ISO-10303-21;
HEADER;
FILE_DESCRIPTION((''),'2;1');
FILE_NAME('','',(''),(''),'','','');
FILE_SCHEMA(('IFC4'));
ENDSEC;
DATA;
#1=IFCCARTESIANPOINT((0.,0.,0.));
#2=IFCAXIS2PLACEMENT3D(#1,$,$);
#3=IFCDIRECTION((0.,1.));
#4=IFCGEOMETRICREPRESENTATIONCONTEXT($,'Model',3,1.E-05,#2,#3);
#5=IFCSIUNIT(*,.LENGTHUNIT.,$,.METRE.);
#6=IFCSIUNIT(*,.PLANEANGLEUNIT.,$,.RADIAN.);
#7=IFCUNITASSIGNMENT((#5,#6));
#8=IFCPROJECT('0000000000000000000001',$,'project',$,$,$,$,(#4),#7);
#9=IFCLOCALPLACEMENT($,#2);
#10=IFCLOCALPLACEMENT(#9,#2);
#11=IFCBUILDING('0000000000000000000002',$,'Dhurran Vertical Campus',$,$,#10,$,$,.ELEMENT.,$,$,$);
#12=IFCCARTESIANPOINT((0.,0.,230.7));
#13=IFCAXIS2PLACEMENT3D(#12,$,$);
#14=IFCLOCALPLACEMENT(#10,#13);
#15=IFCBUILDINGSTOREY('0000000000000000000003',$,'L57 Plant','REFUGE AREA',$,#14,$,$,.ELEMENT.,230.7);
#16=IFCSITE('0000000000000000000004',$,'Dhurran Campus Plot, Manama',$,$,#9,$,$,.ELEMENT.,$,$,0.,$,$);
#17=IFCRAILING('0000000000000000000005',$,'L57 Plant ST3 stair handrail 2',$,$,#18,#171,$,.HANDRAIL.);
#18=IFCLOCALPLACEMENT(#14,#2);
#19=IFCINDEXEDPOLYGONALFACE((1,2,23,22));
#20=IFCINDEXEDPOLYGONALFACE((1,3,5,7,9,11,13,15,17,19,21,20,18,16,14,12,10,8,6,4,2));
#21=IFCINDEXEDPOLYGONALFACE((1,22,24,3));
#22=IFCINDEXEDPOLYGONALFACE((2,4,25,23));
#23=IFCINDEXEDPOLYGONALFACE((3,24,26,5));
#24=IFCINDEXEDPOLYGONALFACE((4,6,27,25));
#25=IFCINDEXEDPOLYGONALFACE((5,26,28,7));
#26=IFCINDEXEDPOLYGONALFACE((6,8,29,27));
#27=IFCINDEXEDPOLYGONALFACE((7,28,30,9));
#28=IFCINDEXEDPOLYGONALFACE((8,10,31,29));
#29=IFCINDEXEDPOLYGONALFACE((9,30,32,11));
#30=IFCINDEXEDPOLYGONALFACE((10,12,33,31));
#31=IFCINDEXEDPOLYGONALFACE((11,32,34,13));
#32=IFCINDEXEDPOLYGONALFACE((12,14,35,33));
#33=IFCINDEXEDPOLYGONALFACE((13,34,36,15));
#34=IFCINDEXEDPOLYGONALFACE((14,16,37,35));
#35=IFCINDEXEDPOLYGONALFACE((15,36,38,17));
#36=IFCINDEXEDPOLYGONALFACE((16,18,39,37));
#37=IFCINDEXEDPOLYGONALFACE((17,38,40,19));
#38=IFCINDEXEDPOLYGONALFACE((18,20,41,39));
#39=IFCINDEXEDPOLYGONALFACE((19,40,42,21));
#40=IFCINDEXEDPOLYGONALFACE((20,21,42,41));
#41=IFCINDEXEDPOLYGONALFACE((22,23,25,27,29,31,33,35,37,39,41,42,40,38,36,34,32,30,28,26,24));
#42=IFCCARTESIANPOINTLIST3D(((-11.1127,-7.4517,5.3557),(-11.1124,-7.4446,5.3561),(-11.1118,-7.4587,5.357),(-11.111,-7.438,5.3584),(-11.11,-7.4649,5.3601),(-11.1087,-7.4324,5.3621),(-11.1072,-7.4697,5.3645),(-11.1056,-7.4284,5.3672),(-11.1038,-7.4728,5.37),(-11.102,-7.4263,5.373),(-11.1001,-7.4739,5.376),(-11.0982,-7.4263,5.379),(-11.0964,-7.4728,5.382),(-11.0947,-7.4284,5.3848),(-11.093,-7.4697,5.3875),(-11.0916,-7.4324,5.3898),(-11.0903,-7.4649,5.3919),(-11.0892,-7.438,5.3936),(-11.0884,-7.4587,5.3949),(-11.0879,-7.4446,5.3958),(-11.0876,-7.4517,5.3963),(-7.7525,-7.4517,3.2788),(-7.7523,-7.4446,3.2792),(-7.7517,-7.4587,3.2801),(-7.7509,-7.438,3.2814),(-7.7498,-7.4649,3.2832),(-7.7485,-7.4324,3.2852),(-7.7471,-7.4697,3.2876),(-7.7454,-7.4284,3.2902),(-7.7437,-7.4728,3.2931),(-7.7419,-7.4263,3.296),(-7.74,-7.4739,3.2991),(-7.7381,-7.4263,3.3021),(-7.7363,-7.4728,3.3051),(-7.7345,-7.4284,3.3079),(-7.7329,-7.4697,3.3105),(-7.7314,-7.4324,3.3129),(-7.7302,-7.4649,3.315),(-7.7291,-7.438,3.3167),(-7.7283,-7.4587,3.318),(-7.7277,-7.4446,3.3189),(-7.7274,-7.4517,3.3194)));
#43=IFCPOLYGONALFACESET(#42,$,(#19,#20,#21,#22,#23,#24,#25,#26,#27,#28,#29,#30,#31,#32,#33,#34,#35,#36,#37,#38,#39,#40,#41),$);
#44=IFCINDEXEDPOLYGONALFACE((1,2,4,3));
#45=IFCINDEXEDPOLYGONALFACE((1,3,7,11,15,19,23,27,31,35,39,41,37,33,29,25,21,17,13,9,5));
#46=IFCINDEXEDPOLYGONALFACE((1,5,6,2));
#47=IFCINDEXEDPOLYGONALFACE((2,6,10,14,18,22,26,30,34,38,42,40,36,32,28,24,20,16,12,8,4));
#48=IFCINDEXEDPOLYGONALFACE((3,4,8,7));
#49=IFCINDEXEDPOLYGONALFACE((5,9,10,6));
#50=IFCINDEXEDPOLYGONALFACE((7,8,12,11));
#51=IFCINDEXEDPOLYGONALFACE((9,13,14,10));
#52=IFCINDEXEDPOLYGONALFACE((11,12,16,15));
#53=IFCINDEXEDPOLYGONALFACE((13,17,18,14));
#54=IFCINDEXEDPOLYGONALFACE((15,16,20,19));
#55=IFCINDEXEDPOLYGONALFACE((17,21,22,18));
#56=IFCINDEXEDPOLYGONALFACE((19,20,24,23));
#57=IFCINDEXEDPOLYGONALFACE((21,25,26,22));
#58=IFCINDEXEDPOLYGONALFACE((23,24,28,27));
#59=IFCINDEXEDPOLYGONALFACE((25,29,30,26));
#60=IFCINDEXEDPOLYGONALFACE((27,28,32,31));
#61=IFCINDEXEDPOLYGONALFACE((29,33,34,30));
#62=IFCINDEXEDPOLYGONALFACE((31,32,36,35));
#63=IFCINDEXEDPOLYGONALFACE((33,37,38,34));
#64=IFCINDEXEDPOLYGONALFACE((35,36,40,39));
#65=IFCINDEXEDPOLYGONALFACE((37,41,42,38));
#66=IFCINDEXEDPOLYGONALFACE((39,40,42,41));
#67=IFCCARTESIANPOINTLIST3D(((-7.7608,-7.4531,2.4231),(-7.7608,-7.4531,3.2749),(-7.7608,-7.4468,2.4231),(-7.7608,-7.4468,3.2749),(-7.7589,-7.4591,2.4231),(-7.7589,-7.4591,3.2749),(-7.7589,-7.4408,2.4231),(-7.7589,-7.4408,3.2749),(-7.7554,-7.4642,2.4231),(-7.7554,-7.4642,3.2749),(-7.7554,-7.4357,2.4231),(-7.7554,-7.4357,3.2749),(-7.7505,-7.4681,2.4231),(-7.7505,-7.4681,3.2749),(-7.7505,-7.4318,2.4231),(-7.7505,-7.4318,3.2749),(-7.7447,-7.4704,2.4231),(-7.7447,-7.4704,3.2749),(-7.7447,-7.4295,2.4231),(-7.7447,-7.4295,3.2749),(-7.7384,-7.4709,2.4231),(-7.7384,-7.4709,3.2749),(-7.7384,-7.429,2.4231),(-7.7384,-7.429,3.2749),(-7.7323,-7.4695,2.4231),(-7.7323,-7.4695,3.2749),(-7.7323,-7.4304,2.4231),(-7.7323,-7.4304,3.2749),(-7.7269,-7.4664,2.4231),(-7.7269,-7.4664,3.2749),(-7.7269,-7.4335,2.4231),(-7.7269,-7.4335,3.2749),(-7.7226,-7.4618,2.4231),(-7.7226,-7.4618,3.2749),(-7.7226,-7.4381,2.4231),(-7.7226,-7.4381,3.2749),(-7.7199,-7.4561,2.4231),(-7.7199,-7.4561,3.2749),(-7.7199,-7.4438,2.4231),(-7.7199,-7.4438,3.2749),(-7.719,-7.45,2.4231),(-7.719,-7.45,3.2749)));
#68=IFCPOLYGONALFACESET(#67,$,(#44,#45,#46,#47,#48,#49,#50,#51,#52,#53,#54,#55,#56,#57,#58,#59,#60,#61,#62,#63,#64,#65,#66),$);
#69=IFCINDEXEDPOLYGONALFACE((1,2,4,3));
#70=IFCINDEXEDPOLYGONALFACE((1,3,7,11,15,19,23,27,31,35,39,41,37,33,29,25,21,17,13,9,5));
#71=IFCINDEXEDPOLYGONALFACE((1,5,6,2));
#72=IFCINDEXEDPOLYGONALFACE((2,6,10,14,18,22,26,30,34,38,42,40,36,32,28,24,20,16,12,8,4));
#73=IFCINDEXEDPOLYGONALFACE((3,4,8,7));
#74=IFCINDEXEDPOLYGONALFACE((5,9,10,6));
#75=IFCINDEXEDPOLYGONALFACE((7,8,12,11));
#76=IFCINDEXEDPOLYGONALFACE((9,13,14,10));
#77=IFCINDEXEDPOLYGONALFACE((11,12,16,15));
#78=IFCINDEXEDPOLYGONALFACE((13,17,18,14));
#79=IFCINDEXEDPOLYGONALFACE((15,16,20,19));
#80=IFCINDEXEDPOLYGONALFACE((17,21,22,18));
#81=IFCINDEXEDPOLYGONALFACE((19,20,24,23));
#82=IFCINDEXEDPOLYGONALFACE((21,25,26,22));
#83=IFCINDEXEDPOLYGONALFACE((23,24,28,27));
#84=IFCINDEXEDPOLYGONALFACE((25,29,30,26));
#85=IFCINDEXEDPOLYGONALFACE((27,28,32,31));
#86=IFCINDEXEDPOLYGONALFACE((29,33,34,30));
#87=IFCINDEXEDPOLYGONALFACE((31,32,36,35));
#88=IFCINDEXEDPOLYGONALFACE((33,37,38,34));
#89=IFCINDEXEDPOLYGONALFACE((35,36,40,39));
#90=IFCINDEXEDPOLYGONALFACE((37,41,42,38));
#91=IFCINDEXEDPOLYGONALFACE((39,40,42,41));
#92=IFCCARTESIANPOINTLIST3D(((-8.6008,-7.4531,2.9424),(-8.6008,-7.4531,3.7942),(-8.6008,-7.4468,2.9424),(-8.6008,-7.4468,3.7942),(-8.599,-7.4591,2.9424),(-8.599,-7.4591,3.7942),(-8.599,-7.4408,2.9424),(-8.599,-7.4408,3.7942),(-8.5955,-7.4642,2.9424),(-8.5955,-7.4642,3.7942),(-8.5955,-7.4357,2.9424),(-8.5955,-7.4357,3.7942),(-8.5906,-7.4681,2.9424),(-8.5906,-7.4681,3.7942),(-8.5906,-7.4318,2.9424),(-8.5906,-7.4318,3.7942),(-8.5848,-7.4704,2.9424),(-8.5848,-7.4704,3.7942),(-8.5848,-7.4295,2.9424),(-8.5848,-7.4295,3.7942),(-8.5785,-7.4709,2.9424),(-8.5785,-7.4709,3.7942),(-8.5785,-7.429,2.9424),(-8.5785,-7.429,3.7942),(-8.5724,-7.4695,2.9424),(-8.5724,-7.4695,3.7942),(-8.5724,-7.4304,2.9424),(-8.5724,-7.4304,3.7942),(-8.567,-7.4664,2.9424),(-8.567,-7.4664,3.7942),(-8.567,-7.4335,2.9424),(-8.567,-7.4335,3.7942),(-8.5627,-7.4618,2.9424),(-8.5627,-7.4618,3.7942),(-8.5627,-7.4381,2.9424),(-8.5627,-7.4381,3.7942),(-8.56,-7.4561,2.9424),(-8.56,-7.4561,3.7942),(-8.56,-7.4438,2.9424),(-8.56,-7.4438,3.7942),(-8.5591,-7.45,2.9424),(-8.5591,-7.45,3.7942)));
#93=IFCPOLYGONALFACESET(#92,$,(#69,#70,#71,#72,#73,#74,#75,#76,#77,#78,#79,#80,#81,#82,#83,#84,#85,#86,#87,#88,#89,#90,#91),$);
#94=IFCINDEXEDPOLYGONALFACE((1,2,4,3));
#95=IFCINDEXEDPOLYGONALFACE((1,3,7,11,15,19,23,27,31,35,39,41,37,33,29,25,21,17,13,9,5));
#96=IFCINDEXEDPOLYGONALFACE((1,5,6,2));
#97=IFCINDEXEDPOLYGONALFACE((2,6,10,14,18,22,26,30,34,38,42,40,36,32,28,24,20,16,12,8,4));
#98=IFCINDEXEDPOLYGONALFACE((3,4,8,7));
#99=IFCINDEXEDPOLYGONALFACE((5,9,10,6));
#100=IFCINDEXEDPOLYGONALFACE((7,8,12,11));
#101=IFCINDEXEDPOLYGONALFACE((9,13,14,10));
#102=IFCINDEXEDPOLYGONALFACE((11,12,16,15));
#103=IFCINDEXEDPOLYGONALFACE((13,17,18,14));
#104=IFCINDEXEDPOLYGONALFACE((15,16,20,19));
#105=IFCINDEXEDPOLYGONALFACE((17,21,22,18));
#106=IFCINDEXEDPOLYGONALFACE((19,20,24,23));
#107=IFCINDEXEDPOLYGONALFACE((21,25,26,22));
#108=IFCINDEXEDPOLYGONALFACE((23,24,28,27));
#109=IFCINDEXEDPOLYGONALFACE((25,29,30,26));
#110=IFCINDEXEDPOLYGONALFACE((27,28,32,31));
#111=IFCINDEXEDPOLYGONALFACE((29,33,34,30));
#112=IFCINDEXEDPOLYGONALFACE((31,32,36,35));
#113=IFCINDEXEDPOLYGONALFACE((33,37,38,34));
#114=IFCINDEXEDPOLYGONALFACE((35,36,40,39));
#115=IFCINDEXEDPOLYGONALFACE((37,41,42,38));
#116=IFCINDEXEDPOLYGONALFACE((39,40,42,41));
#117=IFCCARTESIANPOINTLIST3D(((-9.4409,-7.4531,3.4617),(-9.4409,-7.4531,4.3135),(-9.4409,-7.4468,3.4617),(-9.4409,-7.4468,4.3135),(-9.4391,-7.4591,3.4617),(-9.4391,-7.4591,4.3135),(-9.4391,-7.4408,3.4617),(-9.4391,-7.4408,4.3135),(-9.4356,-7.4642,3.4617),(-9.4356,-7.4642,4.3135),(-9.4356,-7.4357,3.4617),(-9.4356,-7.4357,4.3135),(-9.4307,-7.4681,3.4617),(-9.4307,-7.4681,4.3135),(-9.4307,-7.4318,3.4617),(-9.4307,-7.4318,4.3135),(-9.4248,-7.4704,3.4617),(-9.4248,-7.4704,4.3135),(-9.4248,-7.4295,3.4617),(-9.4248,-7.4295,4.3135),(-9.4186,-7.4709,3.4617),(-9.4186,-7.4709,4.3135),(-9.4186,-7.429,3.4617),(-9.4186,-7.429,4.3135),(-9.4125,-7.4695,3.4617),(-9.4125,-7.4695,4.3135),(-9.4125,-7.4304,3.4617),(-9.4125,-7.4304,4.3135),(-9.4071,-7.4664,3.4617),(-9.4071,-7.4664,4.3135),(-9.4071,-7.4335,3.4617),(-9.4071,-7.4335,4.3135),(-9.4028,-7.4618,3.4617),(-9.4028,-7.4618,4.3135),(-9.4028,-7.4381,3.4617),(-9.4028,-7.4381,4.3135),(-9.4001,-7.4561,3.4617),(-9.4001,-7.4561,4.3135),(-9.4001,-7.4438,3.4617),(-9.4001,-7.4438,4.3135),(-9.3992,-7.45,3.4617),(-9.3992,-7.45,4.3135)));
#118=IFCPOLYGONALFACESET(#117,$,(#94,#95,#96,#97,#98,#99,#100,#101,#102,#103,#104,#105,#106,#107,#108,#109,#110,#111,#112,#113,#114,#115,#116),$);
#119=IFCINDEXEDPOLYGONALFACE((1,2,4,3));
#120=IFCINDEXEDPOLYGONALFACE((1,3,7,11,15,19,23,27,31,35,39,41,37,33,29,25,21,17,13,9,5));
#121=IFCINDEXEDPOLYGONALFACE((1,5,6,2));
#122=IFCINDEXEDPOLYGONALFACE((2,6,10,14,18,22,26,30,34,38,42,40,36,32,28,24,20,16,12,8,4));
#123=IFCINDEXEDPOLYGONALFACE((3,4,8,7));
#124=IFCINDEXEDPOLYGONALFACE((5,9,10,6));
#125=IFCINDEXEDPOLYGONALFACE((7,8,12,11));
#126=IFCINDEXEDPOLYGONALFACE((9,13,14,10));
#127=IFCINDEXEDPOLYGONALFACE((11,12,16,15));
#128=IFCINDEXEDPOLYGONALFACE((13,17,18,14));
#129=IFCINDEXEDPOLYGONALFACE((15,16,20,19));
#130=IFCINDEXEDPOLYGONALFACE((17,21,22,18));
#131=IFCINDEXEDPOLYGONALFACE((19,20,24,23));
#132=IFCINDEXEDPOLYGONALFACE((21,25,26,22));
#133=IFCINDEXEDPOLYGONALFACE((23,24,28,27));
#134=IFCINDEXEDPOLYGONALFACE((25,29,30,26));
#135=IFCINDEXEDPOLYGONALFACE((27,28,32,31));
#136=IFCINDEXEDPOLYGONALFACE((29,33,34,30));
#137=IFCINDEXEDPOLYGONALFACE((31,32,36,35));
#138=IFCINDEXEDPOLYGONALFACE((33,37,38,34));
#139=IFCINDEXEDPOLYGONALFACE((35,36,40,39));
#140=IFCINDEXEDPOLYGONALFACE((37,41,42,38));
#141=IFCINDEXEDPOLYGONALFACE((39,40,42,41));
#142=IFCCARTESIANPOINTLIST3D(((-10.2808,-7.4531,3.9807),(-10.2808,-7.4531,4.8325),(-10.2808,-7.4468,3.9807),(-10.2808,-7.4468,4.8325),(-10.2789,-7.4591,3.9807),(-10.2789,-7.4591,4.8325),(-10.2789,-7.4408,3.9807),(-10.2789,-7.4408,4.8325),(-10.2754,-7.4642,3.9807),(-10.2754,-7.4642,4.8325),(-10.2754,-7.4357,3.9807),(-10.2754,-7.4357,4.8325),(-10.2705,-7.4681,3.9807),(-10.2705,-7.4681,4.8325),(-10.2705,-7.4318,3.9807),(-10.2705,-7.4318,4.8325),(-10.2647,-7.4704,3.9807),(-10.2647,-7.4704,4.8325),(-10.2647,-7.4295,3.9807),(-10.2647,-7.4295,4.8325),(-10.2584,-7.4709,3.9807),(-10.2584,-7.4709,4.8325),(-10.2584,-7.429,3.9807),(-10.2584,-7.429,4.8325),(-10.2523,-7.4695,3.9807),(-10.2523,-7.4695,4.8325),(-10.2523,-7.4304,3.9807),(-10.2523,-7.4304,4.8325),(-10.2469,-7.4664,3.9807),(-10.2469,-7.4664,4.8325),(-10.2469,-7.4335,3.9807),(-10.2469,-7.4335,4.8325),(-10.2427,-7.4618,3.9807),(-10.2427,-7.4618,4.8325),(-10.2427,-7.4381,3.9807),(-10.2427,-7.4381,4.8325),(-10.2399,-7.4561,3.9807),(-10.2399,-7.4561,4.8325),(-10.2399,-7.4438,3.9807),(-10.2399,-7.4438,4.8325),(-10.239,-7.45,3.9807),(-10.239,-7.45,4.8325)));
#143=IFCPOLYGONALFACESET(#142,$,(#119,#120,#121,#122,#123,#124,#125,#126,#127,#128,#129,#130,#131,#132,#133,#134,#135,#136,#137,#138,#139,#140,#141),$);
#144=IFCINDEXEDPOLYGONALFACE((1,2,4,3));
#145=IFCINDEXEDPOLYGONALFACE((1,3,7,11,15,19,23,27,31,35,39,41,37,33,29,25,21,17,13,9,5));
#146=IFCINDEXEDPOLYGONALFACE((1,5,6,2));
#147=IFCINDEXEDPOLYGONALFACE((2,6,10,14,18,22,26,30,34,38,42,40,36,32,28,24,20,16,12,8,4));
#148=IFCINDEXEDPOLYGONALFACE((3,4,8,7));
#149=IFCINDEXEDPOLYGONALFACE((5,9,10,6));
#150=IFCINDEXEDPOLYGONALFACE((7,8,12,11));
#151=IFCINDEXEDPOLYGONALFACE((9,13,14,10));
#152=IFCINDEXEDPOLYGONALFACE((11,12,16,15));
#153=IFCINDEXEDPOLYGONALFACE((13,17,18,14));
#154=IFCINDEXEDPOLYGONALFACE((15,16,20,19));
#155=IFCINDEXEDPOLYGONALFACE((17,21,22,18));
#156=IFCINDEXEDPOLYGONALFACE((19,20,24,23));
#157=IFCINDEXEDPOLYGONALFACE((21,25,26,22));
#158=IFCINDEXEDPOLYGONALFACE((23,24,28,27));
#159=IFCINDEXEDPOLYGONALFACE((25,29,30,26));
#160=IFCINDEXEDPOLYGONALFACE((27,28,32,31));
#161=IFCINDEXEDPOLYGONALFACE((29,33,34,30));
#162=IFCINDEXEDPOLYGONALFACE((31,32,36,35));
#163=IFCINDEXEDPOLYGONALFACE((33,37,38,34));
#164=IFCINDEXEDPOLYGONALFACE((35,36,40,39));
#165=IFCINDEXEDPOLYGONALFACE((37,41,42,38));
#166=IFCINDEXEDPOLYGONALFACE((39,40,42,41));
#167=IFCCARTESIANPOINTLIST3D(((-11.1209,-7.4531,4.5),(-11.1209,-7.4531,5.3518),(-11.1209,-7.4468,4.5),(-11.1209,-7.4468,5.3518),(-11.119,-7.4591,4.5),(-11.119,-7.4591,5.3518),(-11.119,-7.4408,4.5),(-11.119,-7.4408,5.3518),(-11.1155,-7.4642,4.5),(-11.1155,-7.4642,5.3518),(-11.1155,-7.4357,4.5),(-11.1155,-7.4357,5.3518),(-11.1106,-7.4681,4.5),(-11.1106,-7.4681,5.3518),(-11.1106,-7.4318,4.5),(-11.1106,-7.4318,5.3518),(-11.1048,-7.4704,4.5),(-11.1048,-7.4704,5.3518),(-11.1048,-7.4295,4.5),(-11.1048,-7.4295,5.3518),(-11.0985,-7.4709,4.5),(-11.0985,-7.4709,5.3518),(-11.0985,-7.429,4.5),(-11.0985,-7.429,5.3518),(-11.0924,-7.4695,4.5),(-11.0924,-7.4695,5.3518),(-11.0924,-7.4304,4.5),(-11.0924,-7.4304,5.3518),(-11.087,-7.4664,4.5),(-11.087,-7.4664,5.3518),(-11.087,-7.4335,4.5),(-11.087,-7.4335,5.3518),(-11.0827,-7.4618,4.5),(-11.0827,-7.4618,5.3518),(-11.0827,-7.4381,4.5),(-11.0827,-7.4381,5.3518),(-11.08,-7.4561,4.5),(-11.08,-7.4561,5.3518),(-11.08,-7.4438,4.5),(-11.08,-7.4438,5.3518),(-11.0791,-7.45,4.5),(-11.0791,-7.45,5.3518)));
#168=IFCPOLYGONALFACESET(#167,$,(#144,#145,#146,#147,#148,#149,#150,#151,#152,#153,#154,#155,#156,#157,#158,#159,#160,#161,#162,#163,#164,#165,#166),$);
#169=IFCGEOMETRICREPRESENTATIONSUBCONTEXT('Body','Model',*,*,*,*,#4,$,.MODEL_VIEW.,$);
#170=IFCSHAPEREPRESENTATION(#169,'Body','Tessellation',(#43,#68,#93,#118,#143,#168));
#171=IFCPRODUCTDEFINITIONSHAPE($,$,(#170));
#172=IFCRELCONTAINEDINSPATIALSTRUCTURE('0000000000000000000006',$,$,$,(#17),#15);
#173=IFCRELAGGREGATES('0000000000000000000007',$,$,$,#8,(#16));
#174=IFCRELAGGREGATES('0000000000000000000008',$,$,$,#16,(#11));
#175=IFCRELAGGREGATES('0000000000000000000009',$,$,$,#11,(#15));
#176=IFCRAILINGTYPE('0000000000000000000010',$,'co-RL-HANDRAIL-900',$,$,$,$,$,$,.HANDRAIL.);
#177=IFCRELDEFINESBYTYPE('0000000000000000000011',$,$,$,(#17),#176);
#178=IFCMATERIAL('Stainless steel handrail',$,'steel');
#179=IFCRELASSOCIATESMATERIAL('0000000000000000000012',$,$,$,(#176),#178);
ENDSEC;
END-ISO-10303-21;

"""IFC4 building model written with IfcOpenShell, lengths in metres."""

from ifc_helpers import new_model, si_unit, direction, frame, origin, origin_2d, place, context, subcontext, project, spatial, circle, extrude, material, type_object, element, save


model = new_model("IFC4")

# Units and contexts
model_context = context("Model", 3, precision=1e-05, world=origin(), true_north=direction((0.0, 1.0)))
body_context = subcontext(model_context, "Body", "Model", "MODEL_VIEW")
ifc_project = project(units=[si_unit("LENGTHUNIT", "METRE"), si_unit("PLANEANGLEUNIT", "RADIAN")], contexts=[model_context])

# Site, building, storey
site_placement = place(None, origin())
site = spatial("IfcSite", under=ifc_project, at=site_placement, Name="Dhurran Campus Plot, Manama", CompositionType="ELEMENT", RefElevation=0.0)
building_placement = place(site_placement, origin())
building = spatial("IfcBuilding", under=site, at=building_placement, Name="Dhurran Vertical Campus", CompositionType="ELEMENT")
storey_placement = place(building_placement, frame((0.0, 0.0, 230.7)))
storey = spatial("IfcBuildingStorey", under=building, at=storey_placement, Name="L57 Plant", Description="REFUGE AREA", CompositionType="ELEMENT", Elevation=230.7)

# Railing
ifc_material_1 = material(Name="Stainless steel handrail", Category="steel")
railing_type_1 = type_object("IfcRailingType", Name="co-RL-HANDRAIL-900", PredefinedType="HANDRAIL", material=ifc_material_1)
railing_1_placement = place(storey_placement, frame((-7.74, -7.45, 2.4231)))
element("IfcRailing", 1, at=railing_1_placement, inside=storey, type_object=railing_type_1, Name="L57 Plant ST3 stair handrail 2", PredefinedType="HANDRAIL", context=body_context, shape_type="SweptSolid", body=[
    extrude(circle(Radius=0.0239, at=origin_2d()), frame((0.0, 0.0, 0.876), z_axis=(-0.850623, 0.0, 0.525776), x_axis=(0.0, -1.0, 0.0)), (0.0, 0.0, 1.0), 3.9502),
    extrude(circle(Radius=0.021, at=origin_2d()), origin(), (0.0, 0.0, 1.0), 0.8518),
    extrude(circle(Radius=0.021, at=origin_2d()), frame((-0.8401, 0.0, 0.5193)), (0.0, 0.0, 1.0), 0.8518),
    extrude(circle(Radius=0.021, at=origin_2d()), frame((-1.6802, 0.0, 1.0386)), (0.0, 0.0, 1.0), 0.8518),
    extrude(circle(Radius=0.021, at=origin_2d()), frame((-2.52, 0.0, 1.5576)), (0.0, 0.0, 1.0), 0.8518),
    extrude(circle(Radius=0.021, at=origin_2d()), frame((-3.3601, 0.0, 2.0769)), (0.0, 0.0, 1.0), 0.8518),
])

save(model, "model.ifc")
